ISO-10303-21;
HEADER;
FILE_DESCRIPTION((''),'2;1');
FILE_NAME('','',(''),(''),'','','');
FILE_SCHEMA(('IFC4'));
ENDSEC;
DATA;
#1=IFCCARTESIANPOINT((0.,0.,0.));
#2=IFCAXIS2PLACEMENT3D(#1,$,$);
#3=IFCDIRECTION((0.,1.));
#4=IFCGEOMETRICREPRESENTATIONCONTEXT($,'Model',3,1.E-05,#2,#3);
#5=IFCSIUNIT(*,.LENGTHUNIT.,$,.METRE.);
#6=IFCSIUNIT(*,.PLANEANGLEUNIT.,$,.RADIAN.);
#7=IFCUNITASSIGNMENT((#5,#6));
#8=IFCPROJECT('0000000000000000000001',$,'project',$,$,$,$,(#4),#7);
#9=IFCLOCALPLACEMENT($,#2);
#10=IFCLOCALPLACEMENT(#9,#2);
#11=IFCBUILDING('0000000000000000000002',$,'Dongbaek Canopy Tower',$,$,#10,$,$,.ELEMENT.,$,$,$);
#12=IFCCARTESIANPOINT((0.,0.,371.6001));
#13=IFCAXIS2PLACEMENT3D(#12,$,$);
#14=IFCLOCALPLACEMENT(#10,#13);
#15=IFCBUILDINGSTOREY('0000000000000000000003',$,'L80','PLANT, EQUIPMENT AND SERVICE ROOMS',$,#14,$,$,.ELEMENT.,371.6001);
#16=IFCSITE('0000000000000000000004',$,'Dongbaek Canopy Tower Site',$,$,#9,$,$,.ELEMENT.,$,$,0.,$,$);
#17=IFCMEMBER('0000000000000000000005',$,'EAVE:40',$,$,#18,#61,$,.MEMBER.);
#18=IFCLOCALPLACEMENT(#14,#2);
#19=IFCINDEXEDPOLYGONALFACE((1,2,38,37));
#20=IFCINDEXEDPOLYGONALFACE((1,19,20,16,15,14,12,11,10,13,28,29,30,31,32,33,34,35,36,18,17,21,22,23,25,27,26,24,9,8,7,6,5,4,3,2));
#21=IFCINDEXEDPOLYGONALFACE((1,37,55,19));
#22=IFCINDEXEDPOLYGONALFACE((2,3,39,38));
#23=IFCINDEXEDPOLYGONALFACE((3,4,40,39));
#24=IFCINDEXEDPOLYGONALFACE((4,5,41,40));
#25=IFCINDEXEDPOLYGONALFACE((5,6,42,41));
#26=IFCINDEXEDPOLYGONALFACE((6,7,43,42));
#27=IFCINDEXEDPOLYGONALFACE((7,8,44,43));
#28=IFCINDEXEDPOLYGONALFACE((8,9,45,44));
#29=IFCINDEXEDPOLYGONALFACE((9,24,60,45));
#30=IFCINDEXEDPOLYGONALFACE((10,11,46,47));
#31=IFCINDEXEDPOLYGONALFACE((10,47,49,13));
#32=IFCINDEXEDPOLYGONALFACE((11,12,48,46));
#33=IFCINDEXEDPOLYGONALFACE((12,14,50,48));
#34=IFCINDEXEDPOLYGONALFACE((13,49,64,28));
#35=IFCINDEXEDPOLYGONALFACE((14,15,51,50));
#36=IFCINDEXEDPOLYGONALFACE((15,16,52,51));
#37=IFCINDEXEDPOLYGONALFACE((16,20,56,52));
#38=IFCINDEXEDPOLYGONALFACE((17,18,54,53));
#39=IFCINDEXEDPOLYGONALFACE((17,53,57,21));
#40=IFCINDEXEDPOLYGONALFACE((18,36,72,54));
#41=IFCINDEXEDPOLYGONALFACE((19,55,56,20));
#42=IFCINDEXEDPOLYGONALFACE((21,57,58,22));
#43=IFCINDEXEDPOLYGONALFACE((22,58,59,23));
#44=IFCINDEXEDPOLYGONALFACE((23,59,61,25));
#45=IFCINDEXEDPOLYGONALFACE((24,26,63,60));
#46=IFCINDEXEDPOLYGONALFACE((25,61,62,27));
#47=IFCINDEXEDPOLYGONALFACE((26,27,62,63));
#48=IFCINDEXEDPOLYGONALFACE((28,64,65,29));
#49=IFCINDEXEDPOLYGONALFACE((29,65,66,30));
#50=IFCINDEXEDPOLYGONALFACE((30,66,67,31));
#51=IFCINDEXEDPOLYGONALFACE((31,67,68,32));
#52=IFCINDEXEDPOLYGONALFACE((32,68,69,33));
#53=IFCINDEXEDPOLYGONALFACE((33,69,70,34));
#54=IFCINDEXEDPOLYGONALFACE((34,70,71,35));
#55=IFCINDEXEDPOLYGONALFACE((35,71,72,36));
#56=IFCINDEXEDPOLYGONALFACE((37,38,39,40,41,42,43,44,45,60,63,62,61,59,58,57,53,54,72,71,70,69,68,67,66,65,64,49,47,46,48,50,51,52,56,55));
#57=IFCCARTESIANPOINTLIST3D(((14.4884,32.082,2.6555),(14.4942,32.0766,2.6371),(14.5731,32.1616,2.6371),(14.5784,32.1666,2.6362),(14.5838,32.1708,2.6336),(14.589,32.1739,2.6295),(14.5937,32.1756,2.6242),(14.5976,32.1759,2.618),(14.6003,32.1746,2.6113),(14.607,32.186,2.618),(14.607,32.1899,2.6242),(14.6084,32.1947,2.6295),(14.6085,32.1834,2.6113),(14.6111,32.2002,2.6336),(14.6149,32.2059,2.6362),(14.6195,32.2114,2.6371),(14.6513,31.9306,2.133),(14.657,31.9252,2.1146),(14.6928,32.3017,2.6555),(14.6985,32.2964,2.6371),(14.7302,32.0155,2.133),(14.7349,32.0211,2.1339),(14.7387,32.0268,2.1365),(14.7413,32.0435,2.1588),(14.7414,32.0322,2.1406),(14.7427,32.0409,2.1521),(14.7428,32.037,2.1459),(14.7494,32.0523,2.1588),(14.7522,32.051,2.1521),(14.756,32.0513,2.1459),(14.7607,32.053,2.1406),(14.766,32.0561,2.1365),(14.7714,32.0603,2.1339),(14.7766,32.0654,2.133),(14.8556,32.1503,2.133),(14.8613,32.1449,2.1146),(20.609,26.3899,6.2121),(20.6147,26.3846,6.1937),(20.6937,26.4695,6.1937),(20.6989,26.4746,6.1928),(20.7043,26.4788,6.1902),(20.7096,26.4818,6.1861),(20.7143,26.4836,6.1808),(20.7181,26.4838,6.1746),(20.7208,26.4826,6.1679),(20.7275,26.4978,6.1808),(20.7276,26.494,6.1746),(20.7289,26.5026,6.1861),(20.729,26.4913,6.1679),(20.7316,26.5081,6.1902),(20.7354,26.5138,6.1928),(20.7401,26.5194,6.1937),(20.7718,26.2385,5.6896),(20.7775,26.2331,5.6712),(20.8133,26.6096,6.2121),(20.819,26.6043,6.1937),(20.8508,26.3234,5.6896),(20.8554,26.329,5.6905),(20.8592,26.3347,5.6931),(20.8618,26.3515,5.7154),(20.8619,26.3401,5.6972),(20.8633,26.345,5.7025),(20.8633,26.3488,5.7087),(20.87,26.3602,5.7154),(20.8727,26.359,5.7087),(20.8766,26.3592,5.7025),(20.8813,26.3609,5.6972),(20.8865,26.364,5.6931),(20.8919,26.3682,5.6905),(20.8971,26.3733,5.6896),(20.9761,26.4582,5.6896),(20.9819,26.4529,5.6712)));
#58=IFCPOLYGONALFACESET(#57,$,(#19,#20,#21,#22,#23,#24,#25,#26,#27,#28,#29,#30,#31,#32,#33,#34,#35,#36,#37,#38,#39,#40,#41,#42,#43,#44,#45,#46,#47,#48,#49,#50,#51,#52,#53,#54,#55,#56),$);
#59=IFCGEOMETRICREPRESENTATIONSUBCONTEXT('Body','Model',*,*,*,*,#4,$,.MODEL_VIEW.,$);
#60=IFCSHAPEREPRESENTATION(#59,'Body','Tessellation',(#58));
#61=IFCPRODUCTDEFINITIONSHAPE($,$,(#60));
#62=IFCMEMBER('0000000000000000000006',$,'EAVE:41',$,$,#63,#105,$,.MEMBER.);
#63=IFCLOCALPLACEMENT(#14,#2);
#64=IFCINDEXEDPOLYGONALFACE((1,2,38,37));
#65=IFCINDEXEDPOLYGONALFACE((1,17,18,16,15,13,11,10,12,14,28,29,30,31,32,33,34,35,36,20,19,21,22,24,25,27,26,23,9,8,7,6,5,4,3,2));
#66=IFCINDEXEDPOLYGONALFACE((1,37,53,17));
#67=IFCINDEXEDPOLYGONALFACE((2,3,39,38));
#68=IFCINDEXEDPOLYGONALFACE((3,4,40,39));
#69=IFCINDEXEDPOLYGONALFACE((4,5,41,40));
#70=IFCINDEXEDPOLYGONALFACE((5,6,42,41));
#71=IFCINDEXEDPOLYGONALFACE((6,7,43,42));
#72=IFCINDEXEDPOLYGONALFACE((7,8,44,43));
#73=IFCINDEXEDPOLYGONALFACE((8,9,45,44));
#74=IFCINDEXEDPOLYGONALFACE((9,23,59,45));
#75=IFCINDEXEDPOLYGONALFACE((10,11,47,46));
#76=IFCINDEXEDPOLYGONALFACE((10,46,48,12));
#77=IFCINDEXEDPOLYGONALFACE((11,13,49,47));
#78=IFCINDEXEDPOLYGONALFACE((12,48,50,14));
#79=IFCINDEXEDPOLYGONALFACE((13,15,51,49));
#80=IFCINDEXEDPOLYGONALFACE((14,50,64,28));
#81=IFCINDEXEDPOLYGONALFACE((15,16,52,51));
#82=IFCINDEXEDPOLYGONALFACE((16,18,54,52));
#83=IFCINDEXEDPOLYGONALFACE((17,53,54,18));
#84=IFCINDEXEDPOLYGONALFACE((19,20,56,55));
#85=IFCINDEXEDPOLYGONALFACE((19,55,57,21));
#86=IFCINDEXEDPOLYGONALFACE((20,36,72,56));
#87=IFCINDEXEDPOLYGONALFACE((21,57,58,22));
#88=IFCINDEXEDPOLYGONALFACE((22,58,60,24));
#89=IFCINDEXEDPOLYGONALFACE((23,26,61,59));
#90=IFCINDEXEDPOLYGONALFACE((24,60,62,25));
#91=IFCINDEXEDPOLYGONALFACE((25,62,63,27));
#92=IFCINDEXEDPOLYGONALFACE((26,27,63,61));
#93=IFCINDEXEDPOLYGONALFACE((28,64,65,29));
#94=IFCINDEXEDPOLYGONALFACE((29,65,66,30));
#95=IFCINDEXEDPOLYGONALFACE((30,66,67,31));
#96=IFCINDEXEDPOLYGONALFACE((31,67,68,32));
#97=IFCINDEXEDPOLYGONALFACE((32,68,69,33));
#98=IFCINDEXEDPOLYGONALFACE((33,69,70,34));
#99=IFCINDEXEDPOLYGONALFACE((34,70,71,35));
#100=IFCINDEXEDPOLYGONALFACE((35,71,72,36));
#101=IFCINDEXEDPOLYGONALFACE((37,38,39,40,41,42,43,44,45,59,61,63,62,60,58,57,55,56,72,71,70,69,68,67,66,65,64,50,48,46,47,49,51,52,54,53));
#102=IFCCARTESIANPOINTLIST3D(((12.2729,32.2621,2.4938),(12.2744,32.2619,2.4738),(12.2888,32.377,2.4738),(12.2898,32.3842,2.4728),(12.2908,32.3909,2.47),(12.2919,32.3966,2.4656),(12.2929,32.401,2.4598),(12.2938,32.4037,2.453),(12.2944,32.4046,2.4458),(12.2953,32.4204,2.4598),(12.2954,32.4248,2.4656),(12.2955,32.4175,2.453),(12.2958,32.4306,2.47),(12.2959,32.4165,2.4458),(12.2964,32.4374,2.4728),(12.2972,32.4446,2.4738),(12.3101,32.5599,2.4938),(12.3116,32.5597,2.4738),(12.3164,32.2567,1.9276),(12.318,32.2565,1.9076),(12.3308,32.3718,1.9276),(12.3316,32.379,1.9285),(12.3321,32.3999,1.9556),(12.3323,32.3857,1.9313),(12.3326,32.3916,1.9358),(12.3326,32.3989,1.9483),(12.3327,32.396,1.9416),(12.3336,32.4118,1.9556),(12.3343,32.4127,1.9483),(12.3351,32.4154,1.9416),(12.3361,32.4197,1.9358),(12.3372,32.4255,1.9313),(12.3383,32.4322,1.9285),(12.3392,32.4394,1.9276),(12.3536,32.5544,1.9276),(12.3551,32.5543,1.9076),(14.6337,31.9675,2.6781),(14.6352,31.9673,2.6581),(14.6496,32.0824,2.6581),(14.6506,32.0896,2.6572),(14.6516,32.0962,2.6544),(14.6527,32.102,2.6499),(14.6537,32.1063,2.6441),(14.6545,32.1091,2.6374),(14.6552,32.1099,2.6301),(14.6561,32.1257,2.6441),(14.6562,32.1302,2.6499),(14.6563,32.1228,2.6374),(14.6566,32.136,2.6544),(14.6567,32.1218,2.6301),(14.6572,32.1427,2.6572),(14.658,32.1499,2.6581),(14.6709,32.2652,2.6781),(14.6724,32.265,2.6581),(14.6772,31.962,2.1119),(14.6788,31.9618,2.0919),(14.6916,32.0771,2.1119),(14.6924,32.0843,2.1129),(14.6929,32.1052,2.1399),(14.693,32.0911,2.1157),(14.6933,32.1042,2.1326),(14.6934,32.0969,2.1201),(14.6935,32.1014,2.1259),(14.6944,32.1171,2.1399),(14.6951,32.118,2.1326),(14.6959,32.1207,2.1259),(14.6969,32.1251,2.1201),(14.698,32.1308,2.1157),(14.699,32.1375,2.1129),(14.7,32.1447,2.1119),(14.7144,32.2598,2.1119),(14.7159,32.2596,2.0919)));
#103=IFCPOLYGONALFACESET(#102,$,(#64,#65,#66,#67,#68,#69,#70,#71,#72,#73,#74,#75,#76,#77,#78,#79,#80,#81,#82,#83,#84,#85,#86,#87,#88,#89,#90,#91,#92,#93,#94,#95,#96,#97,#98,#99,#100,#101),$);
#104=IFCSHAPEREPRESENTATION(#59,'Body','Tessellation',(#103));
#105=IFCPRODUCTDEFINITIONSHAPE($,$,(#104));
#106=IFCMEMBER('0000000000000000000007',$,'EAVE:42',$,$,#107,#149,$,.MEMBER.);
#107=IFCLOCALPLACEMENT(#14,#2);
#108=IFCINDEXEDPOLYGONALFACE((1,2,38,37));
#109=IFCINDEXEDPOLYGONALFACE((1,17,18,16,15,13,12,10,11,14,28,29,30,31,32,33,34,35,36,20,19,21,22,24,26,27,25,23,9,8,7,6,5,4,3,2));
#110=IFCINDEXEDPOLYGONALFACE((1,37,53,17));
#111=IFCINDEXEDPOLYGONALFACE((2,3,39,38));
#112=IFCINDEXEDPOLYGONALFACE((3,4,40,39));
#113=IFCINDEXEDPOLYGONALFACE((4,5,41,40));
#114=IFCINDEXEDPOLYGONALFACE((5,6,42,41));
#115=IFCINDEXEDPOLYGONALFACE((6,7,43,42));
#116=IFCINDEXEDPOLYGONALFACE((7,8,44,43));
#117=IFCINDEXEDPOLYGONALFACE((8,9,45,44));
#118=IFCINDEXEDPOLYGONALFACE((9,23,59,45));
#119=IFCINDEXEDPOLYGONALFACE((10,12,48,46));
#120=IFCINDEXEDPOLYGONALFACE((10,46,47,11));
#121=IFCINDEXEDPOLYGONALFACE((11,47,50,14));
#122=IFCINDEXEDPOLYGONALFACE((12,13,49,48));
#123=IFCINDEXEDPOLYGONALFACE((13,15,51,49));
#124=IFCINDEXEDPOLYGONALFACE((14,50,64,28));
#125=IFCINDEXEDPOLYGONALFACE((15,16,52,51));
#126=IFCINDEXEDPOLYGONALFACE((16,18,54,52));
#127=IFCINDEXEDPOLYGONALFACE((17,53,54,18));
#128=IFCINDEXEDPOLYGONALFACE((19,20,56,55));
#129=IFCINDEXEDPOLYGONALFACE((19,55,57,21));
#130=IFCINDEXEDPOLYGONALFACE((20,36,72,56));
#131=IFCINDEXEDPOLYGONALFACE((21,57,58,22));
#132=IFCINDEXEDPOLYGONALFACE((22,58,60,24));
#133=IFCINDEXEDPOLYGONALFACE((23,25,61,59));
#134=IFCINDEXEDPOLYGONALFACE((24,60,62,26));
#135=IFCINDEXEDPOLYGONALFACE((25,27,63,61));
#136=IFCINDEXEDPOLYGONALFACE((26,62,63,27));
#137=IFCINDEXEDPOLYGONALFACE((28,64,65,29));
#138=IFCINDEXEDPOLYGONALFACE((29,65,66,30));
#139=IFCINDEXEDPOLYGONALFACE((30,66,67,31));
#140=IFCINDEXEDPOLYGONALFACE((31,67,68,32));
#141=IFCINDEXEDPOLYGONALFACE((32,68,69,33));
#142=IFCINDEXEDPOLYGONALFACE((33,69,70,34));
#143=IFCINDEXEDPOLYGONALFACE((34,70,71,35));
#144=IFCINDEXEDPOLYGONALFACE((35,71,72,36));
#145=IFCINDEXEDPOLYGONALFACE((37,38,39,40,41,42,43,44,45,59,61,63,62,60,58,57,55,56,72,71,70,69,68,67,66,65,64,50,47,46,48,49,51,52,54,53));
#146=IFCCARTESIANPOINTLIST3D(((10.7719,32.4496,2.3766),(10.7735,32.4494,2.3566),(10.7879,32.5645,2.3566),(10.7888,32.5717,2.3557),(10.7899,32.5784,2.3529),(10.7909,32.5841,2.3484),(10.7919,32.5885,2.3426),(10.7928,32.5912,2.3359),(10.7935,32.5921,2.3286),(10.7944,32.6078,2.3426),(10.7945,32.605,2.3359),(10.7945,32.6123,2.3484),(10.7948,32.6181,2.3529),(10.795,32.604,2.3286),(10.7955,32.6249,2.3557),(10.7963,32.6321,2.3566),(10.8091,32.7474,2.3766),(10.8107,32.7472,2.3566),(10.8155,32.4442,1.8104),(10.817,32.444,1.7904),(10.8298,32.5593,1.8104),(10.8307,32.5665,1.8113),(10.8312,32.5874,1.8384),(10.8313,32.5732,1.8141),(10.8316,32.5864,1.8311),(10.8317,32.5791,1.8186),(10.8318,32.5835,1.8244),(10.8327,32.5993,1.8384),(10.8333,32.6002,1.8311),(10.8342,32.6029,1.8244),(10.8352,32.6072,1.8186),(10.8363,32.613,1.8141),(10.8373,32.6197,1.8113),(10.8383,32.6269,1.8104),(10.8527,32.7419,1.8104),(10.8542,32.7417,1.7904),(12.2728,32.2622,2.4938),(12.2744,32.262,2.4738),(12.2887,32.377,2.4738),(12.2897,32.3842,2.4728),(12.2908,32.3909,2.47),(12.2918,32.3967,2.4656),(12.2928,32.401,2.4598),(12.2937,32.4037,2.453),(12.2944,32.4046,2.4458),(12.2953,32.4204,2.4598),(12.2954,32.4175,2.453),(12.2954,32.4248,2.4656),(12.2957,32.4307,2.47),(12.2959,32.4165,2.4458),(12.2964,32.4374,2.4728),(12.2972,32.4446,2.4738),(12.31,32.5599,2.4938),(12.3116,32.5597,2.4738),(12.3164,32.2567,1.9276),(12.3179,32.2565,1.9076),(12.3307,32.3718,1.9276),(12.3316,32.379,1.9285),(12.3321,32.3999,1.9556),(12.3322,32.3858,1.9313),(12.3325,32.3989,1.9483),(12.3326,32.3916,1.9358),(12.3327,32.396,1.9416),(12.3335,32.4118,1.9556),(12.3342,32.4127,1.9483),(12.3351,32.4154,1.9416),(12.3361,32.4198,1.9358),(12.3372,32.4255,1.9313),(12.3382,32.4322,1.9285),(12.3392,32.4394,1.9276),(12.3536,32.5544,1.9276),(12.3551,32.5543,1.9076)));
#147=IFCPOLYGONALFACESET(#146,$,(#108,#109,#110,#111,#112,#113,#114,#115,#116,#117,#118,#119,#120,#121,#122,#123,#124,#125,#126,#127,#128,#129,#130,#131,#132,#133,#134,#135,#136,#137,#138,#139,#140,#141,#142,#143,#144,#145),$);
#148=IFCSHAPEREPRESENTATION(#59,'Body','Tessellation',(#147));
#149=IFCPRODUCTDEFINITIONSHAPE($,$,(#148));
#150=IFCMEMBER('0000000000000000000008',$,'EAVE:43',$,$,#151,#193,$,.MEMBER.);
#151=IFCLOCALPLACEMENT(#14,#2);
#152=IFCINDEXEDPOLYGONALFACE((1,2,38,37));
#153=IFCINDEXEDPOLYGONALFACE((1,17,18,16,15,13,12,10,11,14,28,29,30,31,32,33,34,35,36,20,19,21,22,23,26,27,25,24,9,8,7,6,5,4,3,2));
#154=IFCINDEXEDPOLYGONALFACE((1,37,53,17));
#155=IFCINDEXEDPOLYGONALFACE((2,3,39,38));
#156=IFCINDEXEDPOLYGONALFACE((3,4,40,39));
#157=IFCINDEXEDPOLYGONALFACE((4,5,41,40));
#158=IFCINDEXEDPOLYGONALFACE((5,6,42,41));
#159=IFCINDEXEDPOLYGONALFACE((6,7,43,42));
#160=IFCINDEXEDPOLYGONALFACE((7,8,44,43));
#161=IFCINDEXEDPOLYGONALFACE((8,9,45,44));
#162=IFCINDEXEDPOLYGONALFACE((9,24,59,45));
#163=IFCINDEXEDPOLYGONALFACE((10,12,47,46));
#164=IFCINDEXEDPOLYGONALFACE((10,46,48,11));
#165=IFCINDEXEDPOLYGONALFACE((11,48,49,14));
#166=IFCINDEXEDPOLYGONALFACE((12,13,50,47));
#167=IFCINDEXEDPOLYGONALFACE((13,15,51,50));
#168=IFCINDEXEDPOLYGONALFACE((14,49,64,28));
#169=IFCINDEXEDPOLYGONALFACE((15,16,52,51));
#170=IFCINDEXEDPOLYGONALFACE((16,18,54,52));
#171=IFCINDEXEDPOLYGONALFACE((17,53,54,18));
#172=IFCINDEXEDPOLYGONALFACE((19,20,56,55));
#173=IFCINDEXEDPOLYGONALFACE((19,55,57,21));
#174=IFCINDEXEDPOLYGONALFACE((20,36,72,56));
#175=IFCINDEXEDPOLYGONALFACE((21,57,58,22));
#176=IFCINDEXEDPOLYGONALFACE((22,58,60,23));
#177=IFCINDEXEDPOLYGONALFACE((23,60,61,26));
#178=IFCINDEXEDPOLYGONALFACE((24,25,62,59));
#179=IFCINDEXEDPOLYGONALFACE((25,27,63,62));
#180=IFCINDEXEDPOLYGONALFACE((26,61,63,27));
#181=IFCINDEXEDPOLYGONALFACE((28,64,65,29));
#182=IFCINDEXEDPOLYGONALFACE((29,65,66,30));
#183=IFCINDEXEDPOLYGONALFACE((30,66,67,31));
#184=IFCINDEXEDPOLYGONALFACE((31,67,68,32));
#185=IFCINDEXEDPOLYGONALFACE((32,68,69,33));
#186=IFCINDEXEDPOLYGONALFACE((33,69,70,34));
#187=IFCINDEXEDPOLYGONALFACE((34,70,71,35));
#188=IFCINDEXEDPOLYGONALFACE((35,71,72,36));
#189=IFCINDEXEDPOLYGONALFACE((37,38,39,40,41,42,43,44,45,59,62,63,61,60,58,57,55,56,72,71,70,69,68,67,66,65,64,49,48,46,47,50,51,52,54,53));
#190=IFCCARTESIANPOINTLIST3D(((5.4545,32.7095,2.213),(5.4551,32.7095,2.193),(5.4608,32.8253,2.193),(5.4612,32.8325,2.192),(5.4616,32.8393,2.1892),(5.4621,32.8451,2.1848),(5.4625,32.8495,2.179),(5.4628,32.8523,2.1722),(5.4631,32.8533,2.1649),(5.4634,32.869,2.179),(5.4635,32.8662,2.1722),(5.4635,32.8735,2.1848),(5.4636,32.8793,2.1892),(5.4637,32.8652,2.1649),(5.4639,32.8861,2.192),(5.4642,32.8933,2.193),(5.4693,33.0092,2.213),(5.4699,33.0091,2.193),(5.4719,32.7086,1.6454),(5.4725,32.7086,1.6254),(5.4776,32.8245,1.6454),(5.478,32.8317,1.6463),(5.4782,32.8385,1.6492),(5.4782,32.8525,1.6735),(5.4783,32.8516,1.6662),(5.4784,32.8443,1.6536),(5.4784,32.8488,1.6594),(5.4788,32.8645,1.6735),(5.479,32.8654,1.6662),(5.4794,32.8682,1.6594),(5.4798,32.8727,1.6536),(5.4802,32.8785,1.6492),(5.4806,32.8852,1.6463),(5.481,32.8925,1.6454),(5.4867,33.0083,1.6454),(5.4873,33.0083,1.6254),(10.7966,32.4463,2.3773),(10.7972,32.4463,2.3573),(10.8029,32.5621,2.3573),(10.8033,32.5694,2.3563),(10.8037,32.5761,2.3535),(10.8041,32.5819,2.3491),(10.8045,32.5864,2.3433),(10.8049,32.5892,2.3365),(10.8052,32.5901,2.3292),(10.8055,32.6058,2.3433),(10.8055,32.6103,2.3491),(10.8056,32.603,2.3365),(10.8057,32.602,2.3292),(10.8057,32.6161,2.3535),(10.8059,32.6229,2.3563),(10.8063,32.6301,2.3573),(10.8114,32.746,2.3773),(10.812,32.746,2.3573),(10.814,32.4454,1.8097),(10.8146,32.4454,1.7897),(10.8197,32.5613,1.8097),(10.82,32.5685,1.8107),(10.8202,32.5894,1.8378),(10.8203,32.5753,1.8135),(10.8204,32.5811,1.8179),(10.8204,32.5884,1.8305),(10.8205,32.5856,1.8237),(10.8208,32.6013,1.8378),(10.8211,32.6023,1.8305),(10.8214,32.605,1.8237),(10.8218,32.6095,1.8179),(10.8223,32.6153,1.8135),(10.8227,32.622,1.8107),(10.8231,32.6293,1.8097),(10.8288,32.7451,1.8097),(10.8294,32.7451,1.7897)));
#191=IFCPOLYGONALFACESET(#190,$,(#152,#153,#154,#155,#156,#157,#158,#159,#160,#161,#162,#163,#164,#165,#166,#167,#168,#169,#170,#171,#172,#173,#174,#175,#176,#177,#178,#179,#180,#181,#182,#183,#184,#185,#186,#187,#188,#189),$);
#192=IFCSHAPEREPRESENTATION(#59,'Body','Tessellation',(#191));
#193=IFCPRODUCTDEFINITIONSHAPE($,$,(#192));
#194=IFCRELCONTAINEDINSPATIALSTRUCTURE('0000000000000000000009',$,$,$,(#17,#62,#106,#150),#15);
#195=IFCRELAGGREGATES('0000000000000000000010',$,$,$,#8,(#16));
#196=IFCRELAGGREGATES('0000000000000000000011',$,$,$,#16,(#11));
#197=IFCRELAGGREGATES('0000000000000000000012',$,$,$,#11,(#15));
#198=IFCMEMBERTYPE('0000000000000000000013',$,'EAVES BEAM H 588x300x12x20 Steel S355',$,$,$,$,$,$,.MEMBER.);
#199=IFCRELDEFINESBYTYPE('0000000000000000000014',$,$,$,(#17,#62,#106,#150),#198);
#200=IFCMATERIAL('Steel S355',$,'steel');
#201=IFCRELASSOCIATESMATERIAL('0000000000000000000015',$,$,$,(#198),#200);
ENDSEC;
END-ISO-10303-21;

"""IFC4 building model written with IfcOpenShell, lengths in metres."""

from ifc_helpers import new_model, si_unit, direction, frame, origin, origin_2d, place, context, subcontext, project, spatial, i_section, extrude, material, material_profile, profile_set, type_object, element, save


model = new_model("IFC4")

# Units and contexts
model_context = context("Model", 3, precision=1e-05, world=origin(), true_north=direction((0.0, 1.0)))
body_context = subcontext(model_context, "Body", "Model", "MODEL_VIEW")
ifc_project = project(units=[si_unit("LENGTHUNIT", "METRE"), si_unit("PLANEANGLEUNIT", "RADIAN")], contexts=[model_context])

# Site, building, storey
site_placement = place(None, origin())
site = spatial("IfcSite", under=ifc_project, at=site_placement, Name="Dongbaek Canopy Tower Site", CompositionType="ELEMENT", RefElevation=0.0)
building_placement = place(site_placement, origin())
building = spatial("IfcBuilding", under=site, at=building_placement, Name="Dongbaek Canopy Tower", CompositionType="ELEMENT")
storey_placement = place(building_placement, frame((0.0, 0.0, 371.6001)))
storey = spatial("IfcBuildingStorey", under=building, at=storey_placement, Name="L80", Description="PLANT, EQUIPMENT AND SERVICE ROOMS", CompositionType="ELEMENT", Elevation=371.6001)

# Members
ifc_material_1 = material(Name="Steel S355", Category="steel")
ifc_material_profile_1 = material_profile(ifc_material_1, i_section(OverallWidth=0.3, OverallDepth=0.5879, WebThickness=0.012, FlangeThickness=0.02, FilletRadius=0.0281, at=origin_2d()), Name="EAVES BEAM H 588x300x12x20 Steel S355")
ifc_profile_set_1 = profile_set([ifc_material_profile_1], Name="Steel S355")
member_type_1 = type_object("IfcMemberType", Name="EAVES BEAM H 588x300x12x20 Steel S355", PredefinedType="MEMBER", material=ifc_profile_set_1)
member_1_placement = place(storey_placement, frame((20.7954, 26.4214, 5.9417), z_axis=(-0.673808, 0.626638, -0.391545), x_axis=(-0.681011, -0.732273, 0.0)))
element("IfcMember", 1, at=member_1_placement, inside=storey, type_object=member_type_1, Name="EAVE:40", PredefinedType="MEMBER", context=body_context, shape_type="SweptSolid", body=[
    extrude(i_section(OverallWidth=0.3, OverallDepth=0.5879, WebThickness=0.012, FlangeThickness=0.02, FilletRadius=0.0281, at=origin_2d()), origin(), (0.0, 0.0, 1.0), 9.0835),
])
member_2_placement = place(storey_placement, frame((14.6748, 32.1135, 2.385), z_axis=(-0.989335, 0.123488, -0.077244), x_axis=(-0.123858, -0.9923, 0.0)))
element("IfcMember", 2, at=member_2_placement, inside=storey, type_object=member_type_1, Name="EAVE:41", PredefinedType="MEMBER", context=body_context, shape_type="SweptSolid", body=[
    extrude(i_section(OverallWidth=0.3, OverallDepth=0.5879, WebThickness=0.012, FlangeThickness=0.02, FilletRadius=0.0281, at=origin_2d()), origin(), (0.0, 0.0, 1.0), 2.3862),
])
member_3_placement = place(storey_placement, frame((12.314, 32.4082, 2.2007), z_axis=(-0.989323, 0.123585, -0.077241), x_axis=(-0.123955, -0.992288, 0.0)))
element("IfcMember", 3, at=member_3_placement, inside=storey, type_object=member_type_1, Name="EAVE:42", PredefinedType="MEMBER", context=body_context, shape_type="SweptSolid", body=[
    extrude(i_section(OverallWidth=0.3, OverallDepth=0.5879, WebThickness=0.012, FlangeThickness=0.02, FilletRadius=0.0281, at=origin_2d()), origin(), (0.0, 0.0, 1.0), 1.5171),
])
member_4_placement = place(storey_placement, frame((10.813, 32.5957, 2.0835), z_axis=(-0.998318, 0.049184, -0.030706), x_axis=(-0.049207, -0.998789, 0.0)))
element("IfcMember", 4, at=member_4_placement, inside=storey, type_object=member_type_1, Name="EAVE:43", PredefinedType="MEMBER", context=body_context, shape_type="SweptSolid", body=[
    extrude(i_section(OverallWidth=0.3, OverallDepth=0.5879, WebThickness=0.012, FlangeThickness=0.02, FilletRadius=0.0281, at=origin_2d()), origin(), (0.0, 0.0, 1.0), 5.3511),
])

save(model, "model.ifc")
